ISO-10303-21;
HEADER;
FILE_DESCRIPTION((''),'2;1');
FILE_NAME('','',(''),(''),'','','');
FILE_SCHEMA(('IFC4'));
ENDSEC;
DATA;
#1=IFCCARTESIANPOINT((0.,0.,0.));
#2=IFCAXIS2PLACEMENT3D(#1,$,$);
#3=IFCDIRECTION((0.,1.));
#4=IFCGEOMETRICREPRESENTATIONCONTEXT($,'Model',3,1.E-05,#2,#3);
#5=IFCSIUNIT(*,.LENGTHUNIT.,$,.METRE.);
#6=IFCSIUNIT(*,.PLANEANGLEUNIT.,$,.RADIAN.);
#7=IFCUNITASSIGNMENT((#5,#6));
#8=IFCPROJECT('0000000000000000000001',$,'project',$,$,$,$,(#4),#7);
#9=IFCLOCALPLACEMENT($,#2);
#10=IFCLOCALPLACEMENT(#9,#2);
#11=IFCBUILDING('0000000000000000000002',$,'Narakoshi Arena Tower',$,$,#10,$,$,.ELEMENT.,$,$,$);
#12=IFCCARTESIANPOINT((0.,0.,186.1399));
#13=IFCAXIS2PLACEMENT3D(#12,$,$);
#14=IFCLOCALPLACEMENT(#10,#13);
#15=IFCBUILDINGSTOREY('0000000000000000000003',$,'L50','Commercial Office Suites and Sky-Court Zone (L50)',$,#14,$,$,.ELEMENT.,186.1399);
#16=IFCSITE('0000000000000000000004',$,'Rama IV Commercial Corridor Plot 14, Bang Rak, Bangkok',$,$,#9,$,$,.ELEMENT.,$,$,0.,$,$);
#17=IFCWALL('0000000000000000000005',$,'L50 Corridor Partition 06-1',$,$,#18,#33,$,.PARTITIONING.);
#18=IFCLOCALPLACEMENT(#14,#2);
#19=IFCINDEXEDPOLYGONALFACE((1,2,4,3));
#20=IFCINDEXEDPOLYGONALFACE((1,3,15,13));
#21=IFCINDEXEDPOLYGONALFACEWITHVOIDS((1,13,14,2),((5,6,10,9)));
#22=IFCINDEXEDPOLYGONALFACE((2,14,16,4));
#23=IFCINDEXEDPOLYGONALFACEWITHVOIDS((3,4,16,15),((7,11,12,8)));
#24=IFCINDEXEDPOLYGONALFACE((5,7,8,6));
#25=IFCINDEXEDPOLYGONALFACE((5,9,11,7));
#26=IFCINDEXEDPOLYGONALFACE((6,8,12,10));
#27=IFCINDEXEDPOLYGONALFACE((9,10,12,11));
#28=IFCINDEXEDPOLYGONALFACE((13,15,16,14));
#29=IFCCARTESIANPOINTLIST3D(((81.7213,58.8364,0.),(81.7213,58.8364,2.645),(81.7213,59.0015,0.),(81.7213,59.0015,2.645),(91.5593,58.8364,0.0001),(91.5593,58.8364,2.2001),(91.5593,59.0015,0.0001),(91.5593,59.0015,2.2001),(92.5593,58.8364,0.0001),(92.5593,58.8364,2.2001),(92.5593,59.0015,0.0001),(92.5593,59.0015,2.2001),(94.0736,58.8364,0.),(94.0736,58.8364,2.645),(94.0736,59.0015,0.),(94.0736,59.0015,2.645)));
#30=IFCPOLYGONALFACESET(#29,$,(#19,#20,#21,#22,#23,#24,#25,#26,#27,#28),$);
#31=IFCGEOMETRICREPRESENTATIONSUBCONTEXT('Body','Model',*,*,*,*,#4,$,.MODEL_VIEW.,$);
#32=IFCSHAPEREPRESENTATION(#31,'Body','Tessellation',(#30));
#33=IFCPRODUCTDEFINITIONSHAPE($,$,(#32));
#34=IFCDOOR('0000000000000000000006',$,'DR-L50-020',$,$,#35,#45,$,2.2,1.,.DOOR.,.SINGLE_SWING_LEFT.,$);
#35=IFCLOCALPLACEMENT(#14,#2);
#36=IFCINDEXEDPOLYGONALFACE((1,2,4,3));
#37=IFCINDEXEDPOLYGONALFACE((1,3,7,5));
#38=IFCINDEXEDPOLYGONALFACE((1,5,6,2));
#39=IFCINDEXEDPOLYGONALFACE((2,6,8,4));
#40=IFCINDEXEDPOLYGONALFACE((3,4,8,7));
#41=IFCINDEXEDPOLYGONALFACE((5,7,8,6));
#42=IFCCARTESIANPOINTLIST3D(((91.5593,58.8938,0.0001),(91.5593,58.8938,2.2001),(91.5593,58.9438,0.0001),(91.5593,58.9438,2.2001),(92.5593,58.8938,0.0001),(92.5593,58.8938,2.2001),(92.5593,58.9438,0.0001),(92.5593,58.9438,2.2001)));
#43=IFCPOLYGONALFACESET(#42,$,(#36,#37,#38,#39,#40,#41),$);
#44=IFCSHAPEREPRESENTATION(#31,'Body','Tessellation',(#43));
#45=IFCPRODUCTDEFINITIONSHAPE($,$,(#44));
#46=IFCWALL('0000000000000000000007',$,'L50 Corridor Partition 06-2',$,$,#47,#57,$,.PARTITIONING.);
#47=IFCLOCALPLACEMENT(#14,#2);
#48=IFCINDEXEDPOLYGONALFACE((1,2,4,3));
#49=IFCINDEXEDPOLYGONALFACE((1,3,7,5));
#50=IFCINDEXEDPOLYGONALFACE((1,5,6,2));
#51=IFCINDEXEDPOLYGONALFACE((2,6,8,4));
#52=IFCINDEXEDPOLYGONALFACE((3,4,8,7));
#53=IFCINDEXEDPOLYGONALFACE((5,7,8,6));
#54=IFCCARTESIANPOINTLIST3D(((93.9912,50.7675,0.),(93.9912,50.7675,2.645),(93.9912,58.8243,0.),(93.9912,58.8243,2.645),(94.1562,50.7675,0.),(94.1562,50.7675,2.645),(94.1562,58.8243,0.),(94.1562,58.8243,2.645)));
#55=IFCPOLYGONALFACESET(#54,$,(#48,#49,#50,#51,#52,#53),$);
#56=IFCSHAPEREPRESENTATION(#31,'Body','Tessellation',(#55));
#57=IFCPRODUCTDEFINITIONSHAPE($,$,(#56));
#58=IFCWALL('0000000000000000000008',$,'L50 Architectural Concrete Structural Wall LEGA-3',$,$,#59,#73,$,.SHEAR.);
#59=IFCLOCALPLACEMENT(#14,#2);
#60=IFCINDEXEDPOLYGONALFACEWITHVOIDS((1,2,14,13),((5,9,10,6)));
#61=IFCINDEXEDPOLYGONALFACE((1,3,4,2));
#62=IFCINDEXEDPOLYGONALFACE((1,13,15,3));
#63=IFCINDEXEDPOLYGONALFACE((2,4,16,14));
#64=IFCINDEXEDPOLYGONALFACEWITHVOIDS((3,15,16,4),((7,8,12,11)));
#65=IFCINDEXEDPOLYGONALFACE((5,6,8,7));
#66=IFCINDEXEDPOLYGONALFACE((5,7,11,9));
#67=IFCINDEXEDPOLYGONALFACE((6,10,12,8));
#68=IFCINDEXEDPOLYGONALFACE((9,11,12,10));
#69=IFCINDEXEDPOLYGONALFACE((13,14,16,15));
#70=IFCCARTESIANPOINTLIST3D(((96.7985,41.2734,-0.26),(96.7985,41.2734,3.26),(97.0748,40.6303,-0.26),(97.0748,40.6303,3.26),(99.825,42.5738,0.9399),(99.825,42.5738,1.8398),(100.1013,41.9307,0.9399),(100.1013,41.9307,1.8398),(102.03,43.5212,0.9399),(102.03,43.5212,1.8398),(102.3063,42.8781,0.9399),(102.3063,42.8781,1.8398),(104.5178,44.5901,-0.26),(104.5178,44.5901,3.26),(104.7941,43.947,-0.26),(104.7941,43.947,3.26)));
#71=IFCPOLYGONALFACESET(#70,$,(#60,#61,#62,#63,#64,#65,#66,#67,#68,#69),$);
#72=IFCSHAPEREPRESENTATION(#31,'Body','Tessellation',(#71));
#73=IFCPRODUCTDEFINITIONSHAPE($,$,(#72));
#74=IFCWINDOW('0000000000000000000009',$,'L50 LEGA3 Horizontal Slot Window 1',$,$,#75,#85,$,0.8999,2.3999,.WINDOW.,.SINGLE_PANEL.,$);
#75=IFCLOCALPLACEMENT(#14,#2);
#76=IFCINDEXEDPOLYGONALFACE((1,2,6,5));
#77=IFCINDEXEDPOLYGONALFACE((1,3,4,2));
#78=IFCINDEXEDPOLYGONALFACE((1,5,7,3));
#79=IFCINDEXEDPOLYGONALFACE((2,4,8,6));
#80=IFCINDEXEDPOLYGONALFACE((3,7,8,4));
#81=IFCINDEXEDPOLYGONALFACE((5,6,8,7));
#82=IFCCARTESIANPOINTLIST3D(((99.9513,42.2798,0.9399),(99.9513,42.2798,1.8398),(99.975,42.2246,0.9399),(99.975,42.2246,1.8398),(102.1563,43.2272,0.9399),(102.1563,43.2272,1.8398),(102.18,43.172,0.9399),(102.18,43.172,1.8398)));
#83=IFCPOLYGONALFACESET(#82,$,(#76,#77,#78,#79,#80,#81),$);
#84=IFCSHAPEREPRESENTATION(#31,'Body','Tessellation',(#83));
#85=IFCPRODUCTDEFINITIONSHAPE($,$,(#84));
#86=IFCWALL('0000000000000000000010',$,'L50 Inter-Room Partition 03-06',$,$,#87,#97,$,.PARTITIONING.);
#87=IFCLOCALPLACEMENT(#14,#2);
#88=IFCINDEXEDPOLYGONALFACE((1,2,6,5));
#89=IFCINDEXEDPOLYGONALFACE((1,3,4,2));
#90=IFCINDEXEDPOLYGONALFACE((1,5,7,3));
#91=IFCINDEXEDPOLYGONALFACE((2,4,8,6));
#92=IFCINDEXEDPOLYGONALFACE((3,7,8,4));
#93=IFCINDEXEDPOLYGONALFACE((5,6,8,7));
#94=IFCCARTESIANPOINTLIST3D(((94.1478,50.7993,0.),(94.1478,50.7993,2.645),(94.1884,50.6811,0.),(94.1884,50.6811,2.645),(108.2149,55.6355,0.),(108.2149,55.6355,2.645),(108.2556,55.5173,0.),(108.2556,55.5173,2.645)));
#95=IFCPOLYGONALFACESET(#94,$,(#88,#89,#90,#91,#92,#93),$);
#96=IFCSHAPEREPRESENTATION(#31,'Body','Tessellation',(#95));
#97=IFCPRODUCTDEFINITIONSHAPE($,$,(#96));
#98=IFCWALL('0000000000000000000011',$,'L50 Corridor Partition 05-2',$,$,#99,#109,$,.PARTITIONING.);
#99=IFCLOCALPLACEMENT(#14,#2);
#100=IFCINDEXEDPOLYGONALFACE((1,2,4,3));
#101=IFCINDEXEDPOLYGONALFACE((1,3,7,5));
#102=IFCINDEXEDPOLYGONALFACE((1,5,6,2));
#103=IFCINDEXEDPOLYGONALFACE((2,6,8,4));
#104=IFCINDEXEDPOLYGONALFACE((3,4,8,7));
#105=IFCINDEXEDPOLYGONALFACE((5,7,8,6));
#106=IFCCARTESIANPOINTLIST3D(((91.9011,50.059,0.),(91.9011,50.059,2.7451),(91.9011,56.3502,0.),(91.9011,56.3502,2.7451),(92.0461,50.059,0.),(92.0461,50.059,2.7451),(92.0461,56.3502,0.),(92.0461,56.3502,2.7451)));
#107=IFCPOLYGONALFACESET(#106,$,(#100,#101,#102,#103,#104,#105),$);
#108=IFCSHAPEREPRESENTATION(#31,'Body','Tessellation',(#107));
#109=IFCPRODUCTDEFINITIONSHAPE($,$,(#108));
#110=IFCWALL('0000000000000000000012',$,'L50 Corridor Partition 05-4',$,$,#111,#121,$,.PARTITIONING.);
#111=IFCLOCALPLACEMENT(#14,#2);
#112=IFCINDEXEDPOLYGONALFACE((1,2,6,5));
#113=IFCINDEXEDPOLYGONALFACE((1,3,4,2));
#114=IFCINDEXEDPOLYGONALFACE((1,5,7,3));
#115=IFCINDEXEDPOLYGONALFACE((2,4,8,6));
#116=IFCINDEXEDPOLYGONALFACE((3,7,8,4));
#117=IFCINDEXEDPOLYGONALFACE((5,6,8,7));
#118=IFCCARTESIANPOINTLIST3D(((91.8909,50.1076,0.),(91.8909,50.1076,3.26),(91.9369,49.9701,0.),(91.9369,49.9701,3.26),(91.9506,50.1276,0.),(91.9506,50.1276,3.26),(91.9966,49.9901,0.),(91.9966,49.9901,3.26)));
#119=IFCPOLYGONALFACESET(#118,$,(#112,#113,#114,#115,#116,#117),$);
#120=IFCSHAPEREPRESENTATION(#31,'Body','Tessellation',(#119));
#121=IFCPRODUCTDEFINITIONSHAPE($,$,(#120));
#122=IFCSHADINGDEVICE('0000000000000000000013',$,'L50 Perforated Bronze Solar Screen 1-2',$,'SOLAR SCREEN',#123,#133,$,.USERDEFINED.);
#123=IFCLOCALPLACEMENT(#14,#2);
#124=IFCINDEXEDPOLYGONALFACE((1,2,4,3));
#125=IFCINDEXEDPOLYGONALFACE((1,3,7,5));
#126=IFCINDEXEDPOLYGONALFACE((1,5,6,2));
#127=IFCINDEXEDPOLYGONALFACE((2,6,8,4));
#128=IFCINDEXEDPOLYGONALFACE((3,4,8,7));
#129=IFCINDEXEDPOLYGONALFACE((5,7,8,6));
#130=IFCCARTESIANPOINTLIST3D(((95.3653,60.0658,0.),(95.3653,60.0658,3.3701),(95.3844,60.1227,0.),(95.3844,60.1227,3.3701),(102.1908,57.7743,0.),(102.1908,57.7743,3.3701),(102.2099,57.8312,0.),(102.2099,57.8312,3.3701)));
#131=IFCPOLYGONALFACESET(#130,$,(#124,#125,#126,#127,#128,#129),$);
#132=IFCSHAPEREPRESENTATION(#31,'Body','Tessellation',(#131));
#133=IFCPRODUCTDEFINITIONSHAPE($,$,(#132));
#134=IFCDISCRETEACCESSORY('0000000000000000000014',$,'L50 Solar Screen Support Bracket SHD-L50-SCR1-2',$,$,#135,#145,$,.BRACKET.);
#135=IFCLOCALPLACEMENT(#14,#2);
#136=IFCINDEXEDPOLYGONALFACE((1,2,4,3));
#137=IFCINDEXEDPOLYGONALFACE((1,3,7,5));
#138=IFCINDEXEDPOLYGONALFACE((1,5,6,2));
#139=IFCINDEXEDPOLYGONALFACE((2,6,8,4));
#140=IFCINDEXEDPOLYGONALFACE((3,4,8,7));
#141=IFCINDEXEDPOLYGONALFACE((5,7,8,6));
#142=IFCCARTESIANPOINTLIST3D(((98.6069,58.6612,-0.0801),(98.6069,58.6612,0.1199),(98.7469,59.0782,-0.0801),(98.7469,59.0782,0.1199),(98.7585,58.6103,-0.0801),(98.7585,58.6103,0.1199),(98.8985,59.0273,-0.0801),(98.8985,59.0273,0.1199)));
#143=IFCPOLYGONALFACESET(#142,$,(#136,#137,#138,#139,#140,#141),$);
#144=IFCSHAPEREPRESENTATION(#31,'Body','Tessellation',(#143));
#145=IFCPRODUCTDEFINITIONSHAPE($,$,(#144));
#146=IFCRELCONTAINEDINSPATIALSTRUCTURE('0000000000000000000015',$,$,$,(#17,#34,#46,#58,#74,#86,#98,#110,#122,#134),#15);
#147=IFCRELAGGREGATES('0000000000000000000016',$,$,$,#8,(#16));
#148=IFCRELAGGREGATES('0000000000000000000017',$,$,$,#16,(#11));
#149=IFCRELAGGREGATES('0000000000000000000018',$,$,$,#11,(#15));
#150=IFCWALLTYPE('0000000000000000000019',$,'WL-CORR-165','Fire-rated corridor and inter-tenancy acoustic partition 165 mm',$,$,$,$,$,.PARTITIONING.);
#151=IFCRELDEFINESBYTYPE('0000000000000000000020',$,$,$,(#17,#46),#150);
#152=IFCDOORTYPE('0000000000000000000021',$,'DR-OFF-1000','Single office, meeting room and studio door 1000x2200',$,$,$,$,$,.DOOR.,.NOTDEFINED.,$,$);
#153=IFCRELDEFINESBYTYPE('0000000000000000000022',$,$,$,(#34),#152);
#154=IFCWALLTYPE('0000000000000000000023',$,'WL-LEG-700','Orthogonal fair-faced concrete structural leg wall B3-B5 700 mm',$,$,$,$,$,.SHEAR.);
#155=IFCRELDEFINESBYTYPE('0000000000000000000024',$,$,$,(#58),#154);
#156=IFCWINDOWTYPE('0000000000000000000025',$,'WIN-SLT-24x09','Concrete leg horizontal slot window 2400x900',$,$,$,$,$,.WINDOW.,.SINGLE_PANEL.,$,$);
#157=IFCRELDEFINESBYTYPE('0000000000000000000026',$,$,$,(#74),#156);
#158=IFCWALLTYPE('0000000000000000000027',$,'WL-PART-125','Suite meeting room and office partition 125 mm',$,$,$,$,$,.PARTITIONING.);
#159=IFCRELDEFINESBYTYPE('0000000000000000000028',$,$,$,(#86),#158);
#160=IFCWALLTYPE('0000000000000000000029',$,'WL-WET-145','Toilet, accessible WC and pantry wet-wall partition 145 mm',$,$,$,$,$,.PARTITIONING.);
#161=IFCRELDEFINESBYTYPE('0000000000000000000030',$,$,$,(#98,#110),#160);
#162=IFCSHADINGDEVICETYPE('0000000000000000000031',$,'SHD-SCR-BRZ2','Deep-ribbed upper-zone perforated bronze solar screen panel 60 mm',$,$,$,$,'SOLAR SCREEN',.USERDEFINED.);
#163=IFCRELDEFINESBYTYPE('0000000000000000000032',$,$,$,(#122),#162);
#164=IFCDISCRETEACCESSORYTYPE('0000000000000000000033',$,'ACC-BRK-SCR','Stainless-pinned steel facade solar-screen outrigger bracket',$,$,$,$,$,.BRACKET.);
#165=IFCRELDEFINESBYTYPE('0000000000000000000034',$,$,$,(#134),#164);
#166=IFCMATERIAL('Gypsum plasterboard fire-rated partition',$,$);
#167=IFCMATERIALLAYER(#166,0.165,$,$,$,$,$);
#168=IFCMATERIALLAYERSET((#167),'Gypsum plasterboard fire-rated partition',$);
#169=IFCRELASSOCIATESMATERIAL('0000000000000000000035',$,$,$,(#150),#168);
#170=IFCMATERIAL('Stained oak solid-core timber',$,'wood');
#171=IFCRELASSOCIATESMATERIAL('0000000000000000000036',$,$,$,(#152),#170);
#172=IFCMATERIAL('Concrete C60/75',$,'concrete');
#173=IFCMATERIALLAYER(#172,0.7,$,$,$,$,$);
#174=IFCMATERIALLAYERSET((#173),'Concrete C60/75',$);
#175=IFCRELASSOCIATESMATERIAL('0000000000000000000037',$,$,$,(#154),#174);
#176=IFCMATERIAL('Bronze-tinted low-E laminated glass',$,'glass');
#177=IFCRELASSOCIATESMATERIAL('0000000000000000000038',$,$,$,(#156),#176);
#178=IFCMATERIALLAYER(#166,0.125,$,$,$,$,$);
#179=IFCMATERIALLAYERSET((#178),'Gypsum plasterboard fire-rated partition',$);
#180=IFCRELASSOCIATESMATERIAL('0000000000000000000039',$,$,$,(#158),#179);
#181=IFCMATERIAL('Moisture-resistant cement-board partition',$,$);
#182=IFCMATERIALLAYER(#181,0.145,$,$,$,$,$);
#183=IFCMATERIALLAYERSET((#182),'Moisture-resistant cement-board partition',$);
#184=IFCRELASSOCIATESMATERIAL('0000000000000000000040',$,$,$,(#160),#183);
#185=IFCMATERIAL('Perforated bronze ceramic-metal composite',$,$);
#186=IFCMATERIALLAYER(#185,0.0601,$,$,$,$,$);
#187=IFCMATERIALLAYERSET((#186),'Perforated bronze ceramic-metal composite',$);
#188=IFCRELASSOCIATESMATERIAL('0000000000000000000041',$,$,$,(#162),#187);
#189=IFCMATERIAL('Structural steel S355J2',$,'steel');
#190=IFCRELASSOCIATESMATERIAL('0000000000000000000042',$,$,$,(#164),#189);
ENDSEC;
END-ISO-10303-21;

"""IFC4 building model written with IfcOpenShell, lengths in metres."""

from ifc_helpers import new_model, si_unit, direction, frame, frame_2d, origin, origin_2d, place, context, subcontext, project, spatial, rectangle, extrude, material, layer, layer_set, type_object, element, fill, save


model = new_model("IFC4")

# Units and contexts
model_context = context("Model", 3, precision=1e-05, world=origin(), true_north=direction((0.0, 1.0)))
body_context = subcontext(model_context, "Body", "Model", "MODEL_VIEW")
ifc_project = project(units=[si_unit("LENGTHUNIT", "METRE"), si_unit("PLANEANGLEUNIT", "RADIAN")], contexts=[model_context])

# Site, building, storey
site_placement = place(None, origin())
site = spatial("IfcSite", under=ifc_project, at=site_placement, Name="Rama IV Commercial Corridor Plot 14, Bang Rak, Bangkok", CompositionType="ELEMENT", RefElevation=0.0)
building_placement = place(site_placement, origin())
building = spatial("IfcBuilding", under=site, at=building_placement, Name="Narakoshi Arena Tower", CompositionType="ELEMENT")
storey_placement = place(building_placement, frame((0.0, 0.0, 186.1399)))
storey = spatial("IfcBuildingStorey", under=building, at=storey_placement, Name="L50", Description="Commercial Office Suites and Sky-Court Zone (L50)", CompositionType="ELEMENT", Elevation=186.1399)

# Shared definitions
ifc_material_1 = material(Name="Concrete C60/75", Category="concrete")
ifc_material_2 = material(Name="Structural steel S355J2", Category="steel")

# Shared definitions
ifc_material_3 = material(Name="Bronze-tinted low-E laminated glass", Category="glass")

# Shared definitions
ifc_material_4 = material(Name="Gypsum plasterboard fire-rated partition")
ifc_layer_1 = layer(ifc_material_4, 0.165)
ifc_layer_set_1 = layer_set([ifc_layer_1], Name="Gypsum plasterboard fire-rated partition")
wall_type_1 = type_object("IfcWallType", Name="WL-CORR-165", Description="Fire-rated corridor and inter-tenancy acoustic partition 165 mm", PredefinedType="PARTITIONING", material=ifc_layer_set_1)
ifc_material_5 = material(Name="Stained oak solid-core timber", Category="wood")
door_type = type_object("IfcDoorType", Name="DR-OFF-1000", Description="Single office, meeting room and studio door 1000x2200", OperationType="NOTDEFINED", PredefinedType="DOOR", material=ifc_material_5)

# Wall, opening, door
wall_1_placement = place(storey_placement, frame((94.0737, 58.9189, 0.0), z_axis=(0.0, 0.0, 1.0), x_axis=(-1.0, 0.0, 0.0)))
wall_1 = element("IfcWall", 1, at=wall_1_placement, inside=storey, type_object=wall_type_1, Name="L50 Corridor Partition 06-1", PredefinedType="PARTITIONING", context=body_context, shape_type="SweptSolid", body=[
    extrude(rectangle(XDim=12.3523, YDim=0.165, at=frame_2d((6.1763, 0.0))), origin(), (0.0, 0.0, 1.0), 2.645),
])
opening_1_placement = place(wall_1_placement, frame((1.5144, 0.0, 0.0)))
opening_1 = element("IfcOpeningElement", 2, at=opening_1_placement, cuts=wall_1, PredefinedType="OPENING", context=body_context, shape_type="SweptSolid", body=[
    extrude(rectangle(XDim=1.0, YDim=2.2, at=frame_2d((0.5, 1.1001))), frame((0.0, 0.0925, 0.0), z_axis=(0.0, -1.0, 0.0), x_axis=(1.0, 0.0, 0.0)), (0.0, 0.0, 1.0), 0.1851),
])
door_1_placement = place(opening_1_placement, frame((1.0, 0.0, 0.0), z_axis=(0.0, 0.0, 1.0), x_axis=(-1.0, 0.0, 0.0)))
door_1 = element("IfcDoor", 3, at=door_1_placement, inside=storey, type_object=door_type, Name="DR-L50-020", OperationType="SINGLE_SWING_LEFT", OverallHeight=2.2, OverallWidth=1.0, PredefinedType="DOOR", context=body_context, shape_type="SweptSolid", body=[
    extrude(rectangle(XDim=1.0, YDim=2.2, at=frame_2d((0.5, 1.1001))), frame((0.0, 0.0249, 0.0), z_axis=(0.0, -1.0, 0.0), x_axis=(1.0, 0.0, 0.0)), (0.0, 0.0, 1.0), 0.05),
])
fill(opening_1, door_1)

# Wall
wall_2_placement = place(storey_placement, frame((94.0737, 50.7676, 0.0), z_axis=(0.0, 0.0, 1.0), x_axis=(0.0, 1.0, 0.0)))
element("IfcWall", 4, at=wall_2_placement, inside=storey, type_object=wall_type_1, Name="L50 Corridor Partition 06-2", PredefinedType="PARTITIONING", context=body_context, shape_type="SweptSolid", body=[
    extrude(rectangle(XDim=8.0569, YDim=0.165, at=frame_2d((4.0283, 0.0))), origin(), (0.0, 0.0, 1.0), 2.645),
])

# Wall, opening, window
ifc_layer_2 = layer(ifc_material_1, 0.7)
ifc_layer_set_2 = layer_set([ifc_layer_2], Name="Concrete C60/75")
wall_type_2 = type_object("IfcWallType", Name="WL-LEG-700", Description="Orthogonal fair-faced concrete structural leg wall B3-B5 700 mm", PredefinedType="SHEAR", material=ifc_layer_set_2)
wall_3_placement = place(storey_placement, frame((96.9368, 40.9519, -0.26), z_axis=(0.0, 0.0, 1.0), x_axis=(0.918782, 0.394764, 0.0)))
wall_3 = element("IfcWall", 5, at=wall_3_placement, inside=storey, type_object=wall_type_2, Name="L50 Architectural Concrete Structural Wall LEGA-3", PredefinedType="SHEAR", context=body_context, shape_type="SweptSolid", body=[
    extrude(rectangle(XDim=8.4016, YDim=0.7, at=frame_2d((4.2007, 0.0))), origin(), (0.0, 0.0, 1.0), 3.52),
])
opening_2_placement = place(wall_3_placement, frame((3.2939, 0.0, 1.2)))
opening_2 = element("IfcOpeningElement", 6, at=opening_2_placement, cuts=wall_3, PredefinedType="OPENING", context=body_context, shape_type="SweptSolid", body=[
    extrude(rectangle(XDim=2.3999, YDim=0.8999, at=frame_2d((1.2, 0.45))), frame((0.0, 0.3599, 0.0), z_axis=(0.0, -1.0, 0.0), x_axis=(1.0, 0.0, 0.0)), (0.0, 0.0, 1.0), 0.72),
])
window_type = type_object("IfcWindowType", Name="WIN-SLT-24x09", Description="Concrete leg horizontal slot window 2400x900", PartitioningType="SINGLE_PANEL", PredefinedType="WINDOW", material=ifc_material_3)
window_placement = place(opening_2_placement, origin())
window = element("IfcWindow", 7, at=window_placement, inside=storey, type_object=window_type, Name="L50 LEGA3 Horizontal Slot Window 1", OverallHeight=0.8999, OverallWidth=2.3999, PartitioningType="SINGLE_PANEL", PredefinedType="WINDOW", context=body_context, shape_type="SweptSolid", body=[
    extrude(rectangle(XDim=2.3999, YDim=0.8999, at=frame_2d((1.2, 0.45))), frame((0.0, 0.03, 0.0), z_axis=(0.0, -1.0, 0.0), x_axis=(1.0, 0.0, 0.0)), (0.0, 0.0, 1.0), 0.0601),
])
fill(opening_2, window)

# Walls
ifc_layer_3 = layer(ifc_material_4, 0.125)
ifc_layer_set_3 = layer_set([ifc_layer_3], Name="Gypsum plasterboard fire-rated partition")
wall_type_3 = type_object("IfcWallType", Name="WL-PART-125", Description="Suite meeting room and office partition 125 mm", PredefinedType="PARTITIONING", material=ifc_layer_set_3)
wall_4_placement = place(storey_placement, frame((94.1682, 50.7402, 0.0), z_axis=(0.0, 0.0, 1.0), x_axis=(0.945674, 0.325116, 0.0)))
element("IfcWall", 8, at=wall_4_placement, inside=storey, type_object=wall_type_3, Name="L50 Inter-Room Partition 03-06", PredefinedType="PARTITIONING", context=body_context, shape_type="SweptSolid", body=[
    extrude(rectangle(XDim=14.8752, YDim=0.125, at=frame_2d((7.4375, 0.0))), origin(), (0.0, 0.0, 1.0), 2.645),
])
ifc_material_6 = material(Name="Moisture-resistant cement-board partition")
ifc_layer_4 = layer(ifc_material_6, 0.145)
ifc_layer_set_4 = layer_set([ifc_layer_4], Name="Moisture-resistant cement-board partition")
wall_type_4 = type_object("IfcWallType", Name="WL-WET-145", Description="Toilet, accessible WC and pantry wet-wall partition 145 mm", PredefinedType="PARTITIONING", material=ifc_layer_set_4)
wall_5_placement = place(storey_placement, frame((91.9736, 56.3501, 0.0), z_axis=(0.0, 0.0, 1.0), x_axis=(0.0, -1.0, 0.0)))
element("IfcWall", 9, at=wall_5_placement, inside=storey, type_object=wall_type_4, Name="L50 Corridor Partition 05-2", PredefinedType="PARTITIONING", context=body_context, shape_type="SweptSolid", body=[
    extrude(rectangle(XDim=6.2913, YDim=0.145, at=frame_2d((3.1455, 0.0))), origin(), (0.0, 0.0, 1.0), 2.7451),
])
wall_6_placement = place(storey_placement, frame((91.9736, 50.0588, 0.0), z_axis=(0.0, 0.0, 1.0), x_axis=(-0.948296, -0.317389, 0.0)))
element("IfcWall", 10, at=wall_6_placement, inside=storey, type_object=wall_type_4, Name="L50 Corridor Partition 05-4", PredefinedType="PARTITIONING", context=body_context, shape_type="SweptSolid", body=[
    extrude(rectangle(XDim=0.063, YDim=0.145, at=frame_2d((0.0315, 0.0))), origin(), (0.0, 0.0, 1.0), 3.26),
])

# Shading device
ifc_material_7 = material(Name="Perforated bronze ceramic-metal composite")
ifc_layer_5 = layer(ifc_material_7, 0.0601)
ifc_layer_set_5 = layer_set([ifc_layer_5], Name="Perforated bronze ceramic-metal composite")
shading_device_type = type_object("IfcShadingDeviceType", Name="SHD-SCR-BRZ2", Description="Deep-ribbed upper-zone perforated bronze solar screen panel 60 mm", ElementType="SOLAR SCREEN", PredefinedType="USERDEFINED", material=ifc_layer_set_5)
shading_device_placement = place(storey_placement, frame((98.7876, 58.9485, 0.0), z_axis=(0.0, 0.0, 1.0), x_axis=(-0.948002, 0.318264, 0.0)))
element("IfcShadingDevice", 11, at=shading_device_placement, inside=storey, type_object=shading_device_type, Name="L50 Perforated Bronze Solar Screen 1-2", ObjectType="SOLAR SCREEN", PredefinedType="USERDEFINED", context=body_context, shape_type="SweptSolid", body=[
    extrude(rectangle(XDim=7.2, YDim=0.0601, at=origin_2d()), origin(), (0.0, 0.0, 1.0), 3.3701),
])

# Discrete accessory
discrete_accessory_type = type_object("IfcDiscreteAccessoryType", Name="ACC-BRK-SCR", Description="Stainless-pinned steel facade solar-screen outrigger bracket", PredefinedType="BRACKET", material=ifc_material_2)
discrete_accessory_placement = place(storey_placement, frame((98.7527, 58.8442, -0.0801), z_axis=(0.0, 0.0, 1.0), x_axis=(-0.948002, 0.318264, 0.0)))
element("IfcDiscreteAccessory", 12, at=discrete_accessory_placement, inside=storey, type_object=discrete_accessory_type, Name="L50 Solar Screen Support Bracket SHD-L50-SCR1-2", PredefinedType="BRACKET", context=body_context, shape_type="SweptSolid", body=[
    extrude(rectangle(XDim=0.1599, YDim=0.4399, at=origin_2d()), origin(), (0.0, 0.0, 1.0), 0.2),
])

save(model, "model.ifc")
